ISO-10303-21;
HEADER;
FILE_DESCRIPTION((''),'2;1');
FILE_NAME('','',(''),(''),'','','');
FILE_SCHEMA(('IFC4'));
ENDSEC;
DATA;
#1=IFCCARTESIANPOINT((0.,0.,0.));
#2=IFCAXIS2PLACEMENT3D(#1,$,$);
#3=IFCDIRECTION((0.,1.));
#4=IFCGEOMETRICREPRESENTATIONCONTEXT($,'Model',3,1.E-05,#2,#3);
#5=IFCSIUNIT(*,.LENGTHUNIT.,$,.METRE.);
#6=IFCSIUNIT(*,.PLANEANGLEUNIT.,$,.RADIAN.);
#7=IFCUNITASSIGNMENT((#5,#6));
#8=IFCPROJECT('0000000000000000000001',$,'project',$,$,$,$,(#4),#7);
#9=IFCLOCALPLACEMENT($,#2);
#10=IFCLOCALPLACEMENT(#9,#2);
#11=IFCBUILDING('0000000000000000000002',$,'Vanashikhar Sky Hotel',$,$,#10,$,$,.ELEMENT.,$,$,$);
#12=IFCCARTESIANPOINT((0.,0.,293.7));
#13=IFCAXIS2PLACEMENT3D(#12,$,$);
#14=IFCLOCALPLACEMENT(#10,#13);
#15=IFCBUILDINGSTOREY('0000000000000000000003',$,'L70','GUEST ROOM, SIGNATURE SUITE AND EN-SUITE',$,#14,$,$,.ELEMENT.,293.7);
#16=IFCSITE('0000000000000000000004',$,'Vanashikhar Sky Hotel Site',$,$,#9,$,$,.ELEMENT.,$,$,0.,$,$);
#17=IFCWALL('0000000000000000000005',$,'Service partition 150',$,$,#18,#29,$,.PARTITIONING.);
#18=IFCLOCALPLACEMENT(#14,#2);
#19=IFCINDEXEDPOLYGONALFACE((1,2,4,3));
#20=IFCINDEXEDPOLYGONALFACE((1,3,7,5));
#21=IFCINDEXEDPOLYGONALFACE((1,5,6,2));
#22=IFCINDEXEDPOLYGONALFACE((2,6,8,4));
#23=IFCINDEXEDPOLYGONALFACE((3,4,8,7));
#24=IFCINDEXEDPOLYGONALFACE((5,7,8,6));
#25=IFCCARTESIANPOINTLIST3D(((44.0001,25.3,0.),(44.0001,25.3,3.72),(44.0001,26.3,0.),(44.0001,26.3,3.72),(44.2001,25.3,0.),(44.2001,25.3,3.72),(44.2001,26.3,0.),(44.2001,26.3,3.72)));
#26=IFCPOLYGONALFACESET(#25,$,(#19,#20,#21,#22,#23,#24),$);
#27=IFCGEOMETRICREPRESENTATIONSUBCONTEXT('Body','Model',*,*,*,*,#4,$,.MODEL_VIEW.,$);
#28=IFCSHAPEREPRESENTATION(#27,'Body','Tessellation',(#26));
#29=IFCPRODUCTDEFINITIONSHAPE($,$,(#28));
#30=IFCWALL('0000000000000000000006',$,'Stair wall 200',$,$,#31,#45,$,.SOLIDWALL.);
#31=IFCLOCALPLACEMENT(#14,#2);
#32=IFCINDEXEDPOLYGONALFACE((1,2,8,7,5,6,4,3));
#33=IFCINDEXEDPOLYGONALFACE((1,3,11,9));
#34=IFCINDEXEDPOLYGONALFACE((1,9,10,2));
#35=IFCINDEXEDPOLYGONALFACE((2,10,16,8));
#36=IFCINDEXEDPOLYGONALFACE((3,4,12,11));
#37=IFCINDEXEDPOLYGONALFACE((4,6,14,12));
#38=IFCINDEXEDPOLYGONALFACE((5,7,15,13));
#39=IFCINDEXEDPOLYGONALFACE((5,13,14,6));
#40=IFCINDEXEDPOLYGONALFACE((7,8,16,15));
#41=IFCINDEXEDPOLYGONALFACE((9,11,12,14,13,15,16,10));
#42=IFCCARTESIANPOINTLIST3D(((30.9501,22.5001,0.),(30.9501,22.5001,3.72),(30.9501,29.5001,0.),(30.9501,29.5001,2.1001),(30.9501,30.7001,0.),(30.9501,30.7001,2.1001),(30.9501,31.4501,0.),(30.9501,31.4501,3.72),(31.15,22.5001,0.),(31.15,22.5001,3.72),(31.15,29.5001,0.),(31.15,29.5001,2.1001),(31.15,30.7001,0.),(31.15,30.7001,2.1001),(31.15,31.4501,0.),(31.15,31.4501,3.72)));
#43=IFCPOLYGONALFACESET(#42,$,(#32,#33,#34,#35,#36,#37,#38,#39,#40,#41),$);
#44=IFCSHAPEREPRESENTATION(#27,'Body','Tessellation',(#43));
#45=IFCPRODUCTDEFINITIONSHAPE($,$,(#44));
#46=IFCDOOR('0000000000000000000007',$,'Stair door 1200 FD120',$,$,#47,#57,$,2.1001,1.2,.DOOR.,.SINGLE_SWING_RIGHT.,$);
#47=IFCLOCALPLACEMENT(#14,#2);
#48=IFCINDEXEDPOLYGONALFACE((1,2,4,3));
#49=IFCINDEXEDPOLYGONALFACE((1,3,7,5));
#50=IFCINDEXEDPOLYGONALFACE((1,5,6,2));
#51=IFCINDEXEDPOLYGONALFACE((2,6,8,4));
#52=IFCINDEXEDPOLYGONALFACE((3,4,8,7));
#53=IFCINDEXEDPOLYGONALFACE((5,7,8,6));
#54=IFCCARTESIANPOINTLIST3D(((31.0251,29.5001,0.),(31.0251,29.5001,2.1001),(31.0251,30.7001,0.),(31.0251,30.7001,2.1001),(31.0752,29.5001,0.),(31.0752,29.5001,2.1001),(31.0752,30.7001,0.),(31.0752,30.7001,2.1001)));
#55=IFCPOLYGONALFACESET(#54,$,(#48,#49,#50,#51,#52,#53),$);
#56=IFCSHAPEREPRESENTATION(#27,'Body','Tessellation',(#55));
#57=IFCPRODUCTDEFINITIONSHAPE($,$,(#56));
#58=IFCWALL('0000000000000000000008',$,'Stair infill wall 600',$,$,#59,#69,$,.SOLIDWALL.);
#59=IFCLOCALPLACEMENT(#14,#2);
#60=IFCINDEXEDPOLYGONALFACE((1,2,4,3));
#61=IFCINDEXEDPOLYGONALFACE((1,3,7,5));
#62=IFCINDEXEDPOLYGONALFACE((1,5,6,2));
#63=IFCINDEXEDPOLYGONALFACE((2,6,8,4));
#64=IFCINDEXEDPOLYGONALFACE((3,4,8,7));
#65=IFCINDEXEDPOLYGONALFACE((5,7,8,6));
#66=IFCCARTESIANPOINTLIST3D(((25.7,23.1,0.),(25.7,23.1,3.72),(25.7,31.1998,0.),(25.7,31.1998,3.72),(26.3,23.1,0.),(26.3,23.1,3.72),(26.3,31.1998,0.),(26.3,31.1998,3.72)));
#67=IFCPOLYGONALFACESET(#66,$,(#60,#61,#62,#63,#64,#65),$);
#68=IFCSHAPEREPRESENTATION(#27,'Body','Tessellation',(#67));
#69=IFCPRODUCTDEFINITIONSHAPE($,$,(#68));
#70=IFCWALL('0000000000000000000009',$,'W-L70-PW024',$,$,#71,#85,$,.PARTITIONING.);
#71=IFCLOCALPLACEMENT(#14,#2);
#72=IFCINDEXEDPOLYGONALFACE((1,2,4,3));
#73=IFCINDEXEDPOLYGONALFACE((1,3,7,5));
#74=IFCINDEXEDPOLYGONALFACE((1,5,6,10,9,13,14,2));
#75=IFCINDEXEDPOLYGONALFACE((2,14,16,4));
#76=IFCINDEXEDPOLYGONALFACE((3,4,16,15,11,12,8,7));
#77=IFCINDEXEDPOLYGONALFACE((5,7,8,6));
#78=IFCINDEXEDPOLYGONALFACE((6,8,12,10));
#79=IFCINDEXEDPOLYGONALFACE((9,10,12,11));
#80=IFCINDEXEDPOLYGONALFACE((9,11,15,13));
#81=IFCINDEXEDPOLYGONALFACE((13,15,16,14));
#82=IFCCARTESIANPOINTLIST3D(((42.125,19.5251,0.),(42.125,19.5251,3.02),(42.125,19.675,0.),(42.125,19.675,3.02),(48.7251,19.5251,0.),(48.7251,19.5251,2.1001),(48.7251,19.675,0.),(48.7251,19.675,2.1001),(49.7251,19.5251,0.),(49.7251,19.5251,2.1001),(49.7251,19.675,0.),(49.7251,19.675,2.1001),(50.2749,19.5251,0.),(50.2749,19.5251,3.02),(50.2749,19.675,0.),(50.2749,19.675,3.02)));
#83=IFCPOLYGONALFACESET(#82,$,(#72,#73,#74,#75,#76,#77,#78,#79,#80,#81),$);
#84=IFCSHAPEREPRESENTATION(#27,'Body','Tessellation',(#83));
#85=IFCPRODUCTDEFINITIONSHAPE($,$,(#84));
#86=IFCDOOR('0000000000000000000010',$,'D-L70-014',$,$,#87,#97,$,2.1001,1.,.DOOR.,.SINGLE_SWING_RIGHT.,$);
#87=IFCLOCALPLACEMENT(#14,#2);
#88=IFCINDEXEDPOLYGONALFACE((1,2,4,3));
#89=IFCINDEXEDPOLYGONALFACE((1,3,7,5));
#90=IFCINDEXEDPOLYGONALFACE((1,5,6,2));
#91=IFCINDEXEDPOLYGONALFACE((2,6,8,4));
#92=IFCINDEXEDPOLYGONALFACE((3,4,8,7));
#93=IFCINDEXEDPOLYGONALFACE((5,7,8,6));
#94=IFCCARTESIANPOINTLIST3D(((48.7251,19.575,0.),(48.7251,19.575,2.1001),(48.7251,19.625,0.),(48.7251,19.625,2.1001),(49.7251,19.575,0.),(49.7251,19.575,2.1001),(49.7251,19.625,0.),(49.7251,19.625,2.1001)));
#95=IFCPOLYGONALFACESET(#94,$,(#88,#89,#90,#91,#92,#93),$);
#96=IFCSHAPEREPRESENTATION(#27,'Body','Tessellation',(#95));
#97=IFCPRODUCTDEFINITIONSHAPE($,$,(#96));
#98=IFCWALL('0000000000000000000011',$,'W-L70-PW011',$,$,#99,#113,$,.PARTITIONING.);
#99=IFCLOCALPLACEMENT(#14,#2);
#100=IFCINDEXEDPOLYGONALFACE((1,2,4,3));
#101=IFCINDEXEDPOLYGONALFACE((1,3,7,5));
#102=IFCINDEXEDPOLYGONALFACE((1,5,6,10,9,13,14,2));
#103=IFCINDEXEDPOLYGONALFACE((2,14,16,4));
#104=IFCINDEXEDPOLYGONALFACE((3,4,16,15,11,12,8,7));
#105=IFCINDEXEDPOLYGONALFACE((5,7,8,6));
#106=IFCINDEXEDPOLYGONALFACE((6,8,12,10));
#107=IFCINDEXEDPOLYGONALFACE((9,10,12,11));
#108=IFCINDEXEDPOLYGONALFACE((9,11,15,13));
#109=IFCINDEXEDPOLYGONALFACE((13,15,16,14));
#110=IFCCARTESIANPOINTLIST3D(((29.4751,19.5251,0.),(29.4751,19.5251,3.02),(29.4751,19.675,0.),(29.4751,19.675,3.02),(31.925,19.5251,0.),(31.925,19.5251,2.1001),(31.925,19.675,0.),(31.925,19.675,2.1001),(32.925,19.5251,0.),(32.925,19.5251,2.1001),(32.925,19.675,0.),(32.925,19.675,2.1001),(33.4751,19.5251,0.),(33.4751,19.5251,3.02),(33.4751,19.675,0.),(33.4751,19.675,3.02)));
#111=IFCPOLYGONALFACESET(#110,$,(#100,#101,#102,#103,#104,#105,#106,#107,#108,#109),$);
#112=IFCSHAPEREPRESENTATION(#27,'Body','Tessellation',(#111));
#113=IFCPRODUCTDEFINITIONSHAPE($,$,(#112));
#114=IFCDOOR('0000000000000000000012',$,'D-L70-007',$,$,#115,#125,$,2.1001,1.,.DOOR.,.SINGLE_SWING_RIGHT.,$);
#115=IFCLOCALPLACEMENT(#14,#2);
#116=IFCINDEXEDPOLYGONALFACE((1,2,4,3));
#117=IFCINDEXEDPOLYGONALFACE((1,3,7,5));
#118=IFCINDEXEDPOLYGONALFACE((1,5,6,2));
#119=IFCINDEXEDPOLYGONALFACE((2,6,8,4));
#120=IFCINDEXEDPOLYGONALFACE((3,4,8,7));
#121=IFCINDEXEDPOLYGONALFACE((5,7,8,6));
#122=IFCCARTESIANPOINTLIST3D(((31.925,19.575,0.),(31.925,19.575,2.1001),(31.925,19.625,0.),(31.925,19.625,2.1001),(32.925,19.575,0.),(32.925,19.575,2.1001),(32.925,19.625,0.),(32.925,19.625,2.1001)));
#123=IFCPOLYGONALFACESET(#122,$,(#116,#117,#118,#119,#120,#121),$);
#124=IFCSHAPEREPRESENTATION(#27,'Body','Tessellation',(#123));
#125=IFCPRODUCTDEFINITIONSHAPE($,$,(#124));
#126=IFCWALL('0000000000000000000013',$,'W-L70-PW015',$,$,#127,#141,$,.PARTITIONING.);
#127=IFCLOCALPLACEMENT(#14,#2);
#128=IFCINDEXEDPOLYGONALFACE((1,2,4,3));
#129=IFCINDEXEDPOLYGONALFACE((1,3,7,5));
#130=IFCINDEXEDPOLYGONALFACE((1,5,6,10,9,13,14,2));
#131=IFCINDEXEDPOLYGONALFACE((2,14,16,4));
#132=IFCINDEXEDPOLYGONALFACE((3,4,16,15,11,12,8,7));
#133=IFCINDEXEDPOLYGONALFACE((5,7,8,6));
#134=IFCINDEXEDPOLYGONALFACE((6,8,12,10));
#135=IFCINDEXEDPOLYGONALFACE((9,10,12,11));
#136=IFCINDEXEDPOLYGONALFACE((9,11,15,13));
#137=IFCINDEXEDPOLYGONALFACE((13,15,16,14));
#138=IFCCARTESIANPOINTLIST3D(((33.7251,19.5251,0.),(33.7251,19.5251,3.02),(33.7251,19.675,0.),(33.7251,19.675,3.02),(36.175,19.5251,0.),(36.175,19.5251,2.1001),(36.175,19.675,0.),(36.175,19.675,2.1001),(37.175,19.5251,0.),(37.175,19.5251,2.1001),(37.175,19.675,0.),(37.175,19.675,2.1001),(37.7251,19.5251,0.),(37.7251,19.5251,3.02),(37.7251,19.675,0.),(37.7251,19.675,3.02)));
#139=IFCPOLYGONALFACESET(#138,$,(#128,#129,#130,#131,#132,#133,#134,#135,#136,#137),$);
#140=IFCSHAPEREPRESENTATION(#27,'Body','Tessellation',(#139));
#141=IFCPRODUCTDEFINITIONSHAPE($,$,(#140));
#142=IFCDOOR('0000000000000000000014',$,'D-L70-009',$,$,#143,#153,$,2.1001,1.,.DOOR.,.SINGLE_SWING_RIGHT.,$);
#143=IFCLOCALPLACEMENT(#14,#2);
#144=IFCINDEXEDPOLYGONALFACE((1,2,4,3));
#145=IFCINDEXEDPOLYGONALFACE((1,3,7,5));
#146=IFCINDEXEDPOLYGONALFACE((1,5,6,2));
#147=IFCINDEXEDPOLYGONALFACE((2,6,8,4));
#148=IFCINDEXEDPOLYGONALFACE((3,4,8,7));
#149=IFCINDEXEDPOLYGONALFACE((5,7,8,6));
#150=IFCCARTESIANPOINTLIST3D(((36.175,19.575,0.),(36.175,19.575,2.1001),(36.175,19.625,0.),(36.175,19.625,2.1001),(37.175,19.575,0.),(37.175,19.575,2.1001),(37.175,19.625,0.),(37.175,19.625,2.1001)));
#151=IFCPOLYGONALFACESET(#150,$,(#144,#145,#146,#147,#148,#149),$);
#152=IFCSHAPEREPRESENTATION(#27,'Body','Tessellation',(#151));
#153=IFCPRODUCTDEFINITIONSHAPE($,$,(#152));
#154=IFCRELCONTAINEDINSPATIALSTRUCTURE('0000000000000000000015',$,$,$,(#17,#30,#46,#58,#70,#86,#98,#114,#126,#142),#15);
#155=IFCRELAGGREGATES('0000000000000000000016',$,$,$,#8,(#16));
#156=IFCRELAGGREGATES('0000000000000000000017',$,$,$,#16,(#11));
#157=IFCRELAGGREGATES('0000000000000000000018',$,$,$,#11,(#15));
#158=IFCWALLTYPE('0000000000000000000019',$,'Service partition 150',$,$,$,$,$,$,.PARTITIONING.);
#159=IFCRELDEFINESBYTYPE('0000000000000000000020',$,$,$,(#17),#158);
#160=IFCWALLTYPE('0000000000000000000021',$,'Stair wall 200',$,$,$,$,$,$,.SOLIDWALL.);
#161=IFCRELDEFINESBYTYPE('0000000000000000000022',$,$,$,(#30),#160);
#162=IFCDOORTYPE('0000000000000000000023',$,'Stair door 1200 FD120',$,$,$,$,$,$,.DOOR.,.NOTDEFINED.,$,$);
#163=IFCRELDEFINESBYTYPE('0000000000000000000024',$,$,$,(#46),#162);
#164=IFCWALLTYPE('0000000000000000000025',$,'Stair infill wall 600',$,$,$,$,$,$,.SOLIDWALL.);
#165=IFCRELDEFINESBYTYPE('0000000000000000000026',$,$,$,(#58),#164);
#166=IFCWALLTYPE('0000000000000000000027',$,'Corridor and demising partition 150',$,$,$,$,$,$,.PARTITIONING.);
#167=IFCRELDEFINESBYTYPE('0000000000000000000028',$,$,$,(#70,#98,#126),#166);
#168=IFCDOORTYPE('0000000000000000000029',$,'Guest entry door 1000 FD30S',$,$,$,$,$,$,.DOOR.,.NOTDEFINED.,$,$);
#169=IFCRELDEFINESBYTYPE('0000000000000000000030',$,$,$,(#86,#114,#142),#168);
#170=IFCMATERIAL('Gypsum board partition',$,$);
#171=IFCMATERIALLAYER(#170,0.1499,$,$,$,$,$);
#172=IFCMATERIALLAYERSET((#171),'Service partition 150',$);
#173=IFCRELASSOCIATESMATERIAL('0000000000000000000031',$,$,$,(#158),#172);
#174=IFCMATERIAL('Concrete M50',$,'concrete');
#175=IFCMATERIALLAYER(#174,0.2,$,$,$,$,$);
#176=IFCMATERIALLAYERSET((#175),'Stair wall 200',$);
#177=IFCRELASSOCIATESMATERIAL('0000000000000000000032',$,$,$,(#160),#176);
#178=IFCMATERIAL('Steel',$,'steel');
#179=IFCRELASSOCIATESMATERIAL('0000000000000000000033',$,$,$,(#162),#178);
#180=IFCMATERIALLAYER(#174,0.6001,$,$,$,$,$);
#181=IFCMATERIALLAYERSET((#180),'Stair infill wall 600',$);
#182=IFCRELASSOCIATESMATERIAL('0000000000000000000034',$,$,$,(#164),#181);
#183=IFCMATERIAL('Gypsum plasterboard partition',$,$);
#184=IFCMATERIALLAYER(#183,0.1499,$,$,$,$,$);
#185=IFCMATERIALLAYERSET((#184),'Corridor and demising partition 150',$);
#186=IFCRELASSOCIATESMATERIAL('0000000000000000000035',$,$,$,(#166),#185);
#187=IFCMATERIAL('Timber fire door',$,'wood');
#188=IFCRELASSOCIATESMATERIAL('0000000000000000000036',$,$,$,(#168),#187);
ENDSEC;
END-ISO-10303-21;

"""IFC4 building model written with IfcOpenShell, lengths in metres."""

from ifc_helpers import new_model, si_unit, direction, frame, frame_2d, origin, place, context, subcontext, project, spatial, rectangle, extrude, source, transform, mapped, material, layer, layer_set, type_object, element, fill, save


model = new_model("IFC4")

# Units and contexts
model_context = context("Model", 3, precision=1e-05, world=origin(), true_north=direction((0.0, 1.0)))
body_context = subcontext(model_context, "Body", "Model", "MODEL_VIEW")
ifc_project = project(units=[si_unit("LENGTHUNIT", "METRE"), si_unit("PLANEANGLEUNIT", "RADIAN")], contexts=[model_context])

# Site, building, storey
site_placement = place(None, origin())
site = spatial("IfcSite", under=ifc_project, at=site_placement, Name="Vanashikhar Sky Hotel Site", CompositionType="ELEMENT", RefElevation=0.0)
building_placement = place(site_placement, origin())
building = spatial("IfcBuilding", under=site, at=building_placement, Name="Vanashikhar Sky Hotel", CompositionType="ELEMENT")
storey_placement = place(building_placement, frame((0.0, 0.0, 293.7)))
storey = spatial("IfcBuildingStorey", under=building, at=storey_placement, Name="L70", Description="GUEST ROOM, SIGNATURE SUITE AND EN-SUITE", CompositionType="ELEMENT", Elevation=293.7)

# Shared definitions
ifc_material_1 = material(Name="Concrete M50", Category="concrete")
ifc_material_2 = material(Name="Steel", Category="steel")

# Shared definitions
ifc_material_3 = material(Name="Gypsum board partition")
ifc_layer_1 = layer(ifc_material_3, 0.1499)
ifc_layer_set_1 = layer_set([ifc_layer_1], Name="Service partition 150")
wall_type_1 = type_object("IfcWallType", Name="Service partition 150", PredefinedType="PARTITIONING", material=ifc_layer_set_1)

# Wall
shared_shape_1 = source(origin(), body_context, "Body", "SweptSolid", [
    extrude(rectangle(XDim=1.0, YDim=0.2, at=frame_2d((0.5, 0.0))), origin(), (0.0, 0.0, 1.0), 3.72),
])
wall_1_placement = place(storey_placement, frame((44.1001, 25.3, 0.0), z_axis=(0.0, 0.0, 1.0), x_axis=(0.0, 1.0, 0.0)))
element("IfcWall", 1, at=wall_1_placement, inside=storey, type_object=wall_type_1, Name="Service partition 150", PredefinedType="PARTITIONING", context=body_context, shape_type="MappedRepresentation", body=[
    mapped(shared_shape_1, transform((0.0, 0.0, 0.0), scale=1.0)),
])

# Wall, opening, door
ifc_layer_2 = layer(ifc_material_1, 0.2)
ifc_layer_set_2 = layer_set([ifc_layer_2], Name="Stair wall 200")
wall_type_2 = type_object("IfcWallType", Name="Stair wall 200", PredefinedType="SOLIDWALL", material=ifc_layer_set_2)
shared_shape_2 = source(origin(), body_context, "Body", "SweptSolid", [
    extrude(rectangle(XDim=8.95, YDim=0.2, at=frame_2d((4.4751, 0.0))), origin(), (0.0, 0.0, 1.0), 3.72),
])
wall_2_placement = place(storey_placement, frame((31.05, 22.5, 0.0), z_axis=(0.0, 0.0, 1.0), x_axis=(0.0, 1.0, 0.0)))
wall_2 = element("IfcWall", 2, at=wall_2_placement, inside=storey, type_object=wall_type_2, Name="Stair wall 200", PredefinedType="SOLIDWALL", context=body_context, shape_type="MappedRepresentation", body=[
    mapped(shared_shape_2, transform((0.0, 0.0, 0.0), scale=1.0)),
])
shared_shape_3 = source(origin(), body_context, "Body", "SweptSolid", [
    extrude(rectangle(XDim=1.2, YDim=2.1001, at=frame_2d((0.6001, 1.05))), frame((0.0, 0.1099, 0.0), z_axis=(0.0, -1.0, 0.0), x_axis=(1.0, 0.0, 0.0)), (0.0, 0.0, 1.0), 0.22),
])
opening_1_placement = place(wall_2_placement, frame((7.0, 0.0, 0.0)))
opening_1 = element("IfcOpeningElement", 3, at=opening_1_placement, cuts=wall_2, PredefinedType="OPENING", context=body_context, shape_type="MappedRepresentation", body=[
    mapped(shared_shape_3, transform((0.0, 0.0, 0.0), scale=1.0)),
])
door_type_1 = type_object("IfcDoorType", Name="Stair door 1200 FD120", OperationType="NOTDEFINED", PredefinedType="DOOR", material=ifc_material_2)
shared_shape_4 = source(origin(), body_context, "Body", "SweptSolid", [
    extrude(rectangle(XDim=1.2, YDim=2.1001, at=frame_2d((0.6001, 1.05))), frame((0.0, 0.0249, 0.0), z_axis=(0.0, -1.0, 0.0), x_axis=(1.0, 0.0, 0.0)), (0.0, 0.0, 1.0), 0.05),
])
door_1_placement = place(opening_1_placement, origin())
door_1 = element("IfcDoor", 4, at=door_1_placement, inside=storey, type_object=door_type_1, Name="Stair door 1200 FD120", OperationType="SINGLE_SWING_RIGHT", OverallHeight=2.1001, OverallWidth=1.2, PredefinedType="DOOR", context=body_context, shape_type="MappedRepresentation", body=[
    mapped(shared_shape_4, transform((0.0, 0.0, 0.0), scale=1.0)),
])
fill(opening_1, door_1)

# Wall
ifc_layer_3 = layer(ifc_material_1, 0.6001)
ifc_layer_set_3 = layer_set([ifc_layer_3], Name="Stair infill wall 600")
wall_type_3 = type_object("IfcWallType", Name="Stair infill wall 600", PredefinedType="SOLIDWALL", material=ifc_layer_set_3)
shared_shape_5 = source(origin(), body_context, "Body", "SweptSolid", [
    extrude(rectangle(XDim=8.0999, YDim=0.6001, at=frame_2d((4.0498, 0.0))), origin(), (0.0, 0.0, 1.0), 3.72),
])
wall_3_placement = place(storey_placement, frame((26.0, 23.1001, 0.0), z_axis=(0.0, 0.0, 1.0), x_axis=(0.0, 1.0, 0.0)))
element("IfcWall", 5, at=wall_3_placement, inside=storey, type_object=wall_type_3, Name="Stair infill wall 600", PredefinedType="SOLIDWALL", context=body_context, shape_type="MappedRepresentation", body=[
    mapped(shared_shape_5, transform((0.0, 0.0, 0.0), scale=1.0)),
])

# Walls, openings, doors
ifc_material_4 = material(Name="Gypsum plasterboard partition")
ifc_layer_4 = layer(ifc_material_4, 0.1499)
ifc_layer_set_4 = layer_set([ifc_layer_4], Name="Corridor and demising partition 150")
wall_type_4 = type_object("IfcWallType", Name="Corridor and demising partition 150", PredefinedType="PARTITIONING", material=ifc_layer_set_4)
shared_shape_6 = source(origin(), body_context, "Body", "SweptSolid", [
    extrude(rectangle(XDim=8.1499, YDim=0.1499, at=frame_2d((4.075, 0.0))), origin(), (0.0, 0.0, 1.0), 3.02),
])
wall_4_placement = place(storey_placement, frame((42.125, 19.6001, 0.0), z_axis=(0.0, 0.0, 1.0), x_axis=(1.0, 0.0, 0.0)))
wall_4 = element("IfcWall", 6, at=wall_4_placement, inside=storey, type_object=wall_type_4, Name="W-L70-PW024", PredefinedType="PARTITIONING", context=body_context, shape_type="MappedRepresentation", body=[
    mapped(shared_shape_6, transform((0.0, 0.0, 0.0), scale=1.0)),
])
shared_shape_7 = source(origin(), body_context, "Body", "SweptSolid", [
    extrude(rectangle(XDim=1.0, YDim=2.1001, at=frame_2d((0.5, 1.05))), frame((0.0, 0.085, 0.0), z_axis=(0.0, -1.0, 0.0), x_axis=(1.0, 0.0, 0.0)), (0.0, 0.0, 1.0), 0.1699),
])
opening_2_placement = place(wall_4_placement, frame((6.6001, 0.0, 0.0)))
opening_2 = element("IfcOpeningElement", 7, at=opening_2_placement, cuts=wall_4, PredefinedType="OPENING", context=body_context, shape_type="MappedRepresentation", body=[
    mapped(shared_shape_7, transform((0.0, 0.0, 0.0), scale=1.0)),
])
ifc_material_5 = material(Name="Timber fire door", Category="wood")
door_type_2 = type_object("IfcDoorType", Name="Guest entry door 1000 FD30S", OperationType="NOTDEFINED", PredefinedType="DOOR", material=ifc_material_5)
shared_shape_8 = source(origin(), body_context, "Body", "SweptSolid", [
    extrude(rectangle(XDim=1.0, YDim=2.1001, at=frame_2d((0.5, 1.05))), frame((0.0, 0.0249, 0.0), z_axis=(0.0, -1.0, 0.0), x_axis=(1.0, 0.0, 0.0)), (0.0, 0.0, 1.0), 0.05),
])
door_2_placement = place(opening_2_placement, origin())
door_2 = element("IfcDoor", 8, at=door_2_placement, inside=storey, type_object=door_type_2, Name="D-L70-014", OperationType="SINGLE_SWING_RIGHT", OverallHeight=2.1001, OverallWidth=1.0, PredefinedType="DOOR", context=body_context, shape_type="MappedRepresentation", body=[
    mapped(shared_shape_8, transform((0.0, 0.0, 0.0), scale=1.0)),
])
fill(opening_2, door_2)
shared_shape_9 = source(origin(), body_context, "Body", "SweptSolid", [
    extrude(rectangle(XDim=4.0, YDim=0.1499, at=frame_2d((2.0, 0.0))), origin(), (0.0, 0.0, 1.0), 3.02),
])
wall_5_placement = place(storey_placement, frame((29.4751, 19.6001, 0.0), z_axis=(0.0, 0.0, 1.0), x_axis=(1.0, 0.0, 0.0)))
wall_5 = element("IfcWall", 9, at=wall_5_placement, inside=storey, type_object=wall_type_4, Name="W-L70-PW011", PredefinedType="PARTITIONING", context=body_context, shape_type="MappedRepresentation", body=[
    mapped(shared_shape_9, transform((0.0, 0.0, 0.0), scale=1.0)),
])
opening_3_placement = place(wall_5_placement, frame((2.45, 0.0, 0.0)))
opening_3 = element("IfcOpeningElement", 10, at=opening_3_placement, cuts=wall_5, PredefinedType="OPENING", context=body_context, shape_type="MappedRepresentation", body=[
    mapped(shared_shape_7, transform((0.0, 0.0, 0.0), scale=1.0)),
])
door_3_placement = place(opening_3_placement, origin())
door_3 = element("IfcDoor", 11, at=door_3_placement, inside=storey, type_object=door_type_2, Name="D-L70-007", OperationType="SINGLE_SWING_RIGHT", OverallHeight=2.1001, OverallWidth=1.0, PredefinedType="DOOR", context=body_context, shape_type="MappedRepresentation", body=[
    mapped(shared_shape_8, transform((0.0, 0.0, 0.0), scale=1.0)),
])
fill(opening_3, door_3)
wall_6_placement = place(storey_placement, frame((33.7251, 19.6001, 0.0), z_axis=(0.0, 0.0, 1.0), x_axis=(1.0, 0.0, 0.0)))
wall_6 = element("IfcWall", 12, at=wall_6_placement, inside=storey, type_object=wall_type_4, Name="W-L70-PW015", PredefinedType="PARTITIONING", context=body_context, shape_type="MappedRepresentation", body=[
    mapped(shared_shape_9, transform((0.0, 0.0, 0.0), scale=1.0)),
])
opening_4_placement = place(wall_6_placement, frame((2.45, 0.0, 0.0)))
opening_4 = element("IfcOpeningElement", 13, at=opening_4_placement, cuts=wall_6, PredefinedType="OPENING", context=body_context, shape_type="MappedRepresentation", body=[
    mapped(shared_shape_7, transform((0.0, 0.0, 0.0), scale=1.0)),
])
door_4_placement = place(opening_4_placement, origin())
door_4 = element("IfcDoor", 14, at=door_4_placement, inside=storey, type_object=door_type_2, Name="D-L70-009", OperationType="SINGLE_SWING_RIGHT", OverallHeight=2.1001, OverallWidth=1.0, PredefinedType="DOOR", context=body_context, shape_type="MappedRepresentation", body=[
    mapped(shared_shape_8, transform((0.0, 0.0, 0.0), scale=1.0)),
])
fill(opening_4, door_4)

save(model, "model.ifc")
